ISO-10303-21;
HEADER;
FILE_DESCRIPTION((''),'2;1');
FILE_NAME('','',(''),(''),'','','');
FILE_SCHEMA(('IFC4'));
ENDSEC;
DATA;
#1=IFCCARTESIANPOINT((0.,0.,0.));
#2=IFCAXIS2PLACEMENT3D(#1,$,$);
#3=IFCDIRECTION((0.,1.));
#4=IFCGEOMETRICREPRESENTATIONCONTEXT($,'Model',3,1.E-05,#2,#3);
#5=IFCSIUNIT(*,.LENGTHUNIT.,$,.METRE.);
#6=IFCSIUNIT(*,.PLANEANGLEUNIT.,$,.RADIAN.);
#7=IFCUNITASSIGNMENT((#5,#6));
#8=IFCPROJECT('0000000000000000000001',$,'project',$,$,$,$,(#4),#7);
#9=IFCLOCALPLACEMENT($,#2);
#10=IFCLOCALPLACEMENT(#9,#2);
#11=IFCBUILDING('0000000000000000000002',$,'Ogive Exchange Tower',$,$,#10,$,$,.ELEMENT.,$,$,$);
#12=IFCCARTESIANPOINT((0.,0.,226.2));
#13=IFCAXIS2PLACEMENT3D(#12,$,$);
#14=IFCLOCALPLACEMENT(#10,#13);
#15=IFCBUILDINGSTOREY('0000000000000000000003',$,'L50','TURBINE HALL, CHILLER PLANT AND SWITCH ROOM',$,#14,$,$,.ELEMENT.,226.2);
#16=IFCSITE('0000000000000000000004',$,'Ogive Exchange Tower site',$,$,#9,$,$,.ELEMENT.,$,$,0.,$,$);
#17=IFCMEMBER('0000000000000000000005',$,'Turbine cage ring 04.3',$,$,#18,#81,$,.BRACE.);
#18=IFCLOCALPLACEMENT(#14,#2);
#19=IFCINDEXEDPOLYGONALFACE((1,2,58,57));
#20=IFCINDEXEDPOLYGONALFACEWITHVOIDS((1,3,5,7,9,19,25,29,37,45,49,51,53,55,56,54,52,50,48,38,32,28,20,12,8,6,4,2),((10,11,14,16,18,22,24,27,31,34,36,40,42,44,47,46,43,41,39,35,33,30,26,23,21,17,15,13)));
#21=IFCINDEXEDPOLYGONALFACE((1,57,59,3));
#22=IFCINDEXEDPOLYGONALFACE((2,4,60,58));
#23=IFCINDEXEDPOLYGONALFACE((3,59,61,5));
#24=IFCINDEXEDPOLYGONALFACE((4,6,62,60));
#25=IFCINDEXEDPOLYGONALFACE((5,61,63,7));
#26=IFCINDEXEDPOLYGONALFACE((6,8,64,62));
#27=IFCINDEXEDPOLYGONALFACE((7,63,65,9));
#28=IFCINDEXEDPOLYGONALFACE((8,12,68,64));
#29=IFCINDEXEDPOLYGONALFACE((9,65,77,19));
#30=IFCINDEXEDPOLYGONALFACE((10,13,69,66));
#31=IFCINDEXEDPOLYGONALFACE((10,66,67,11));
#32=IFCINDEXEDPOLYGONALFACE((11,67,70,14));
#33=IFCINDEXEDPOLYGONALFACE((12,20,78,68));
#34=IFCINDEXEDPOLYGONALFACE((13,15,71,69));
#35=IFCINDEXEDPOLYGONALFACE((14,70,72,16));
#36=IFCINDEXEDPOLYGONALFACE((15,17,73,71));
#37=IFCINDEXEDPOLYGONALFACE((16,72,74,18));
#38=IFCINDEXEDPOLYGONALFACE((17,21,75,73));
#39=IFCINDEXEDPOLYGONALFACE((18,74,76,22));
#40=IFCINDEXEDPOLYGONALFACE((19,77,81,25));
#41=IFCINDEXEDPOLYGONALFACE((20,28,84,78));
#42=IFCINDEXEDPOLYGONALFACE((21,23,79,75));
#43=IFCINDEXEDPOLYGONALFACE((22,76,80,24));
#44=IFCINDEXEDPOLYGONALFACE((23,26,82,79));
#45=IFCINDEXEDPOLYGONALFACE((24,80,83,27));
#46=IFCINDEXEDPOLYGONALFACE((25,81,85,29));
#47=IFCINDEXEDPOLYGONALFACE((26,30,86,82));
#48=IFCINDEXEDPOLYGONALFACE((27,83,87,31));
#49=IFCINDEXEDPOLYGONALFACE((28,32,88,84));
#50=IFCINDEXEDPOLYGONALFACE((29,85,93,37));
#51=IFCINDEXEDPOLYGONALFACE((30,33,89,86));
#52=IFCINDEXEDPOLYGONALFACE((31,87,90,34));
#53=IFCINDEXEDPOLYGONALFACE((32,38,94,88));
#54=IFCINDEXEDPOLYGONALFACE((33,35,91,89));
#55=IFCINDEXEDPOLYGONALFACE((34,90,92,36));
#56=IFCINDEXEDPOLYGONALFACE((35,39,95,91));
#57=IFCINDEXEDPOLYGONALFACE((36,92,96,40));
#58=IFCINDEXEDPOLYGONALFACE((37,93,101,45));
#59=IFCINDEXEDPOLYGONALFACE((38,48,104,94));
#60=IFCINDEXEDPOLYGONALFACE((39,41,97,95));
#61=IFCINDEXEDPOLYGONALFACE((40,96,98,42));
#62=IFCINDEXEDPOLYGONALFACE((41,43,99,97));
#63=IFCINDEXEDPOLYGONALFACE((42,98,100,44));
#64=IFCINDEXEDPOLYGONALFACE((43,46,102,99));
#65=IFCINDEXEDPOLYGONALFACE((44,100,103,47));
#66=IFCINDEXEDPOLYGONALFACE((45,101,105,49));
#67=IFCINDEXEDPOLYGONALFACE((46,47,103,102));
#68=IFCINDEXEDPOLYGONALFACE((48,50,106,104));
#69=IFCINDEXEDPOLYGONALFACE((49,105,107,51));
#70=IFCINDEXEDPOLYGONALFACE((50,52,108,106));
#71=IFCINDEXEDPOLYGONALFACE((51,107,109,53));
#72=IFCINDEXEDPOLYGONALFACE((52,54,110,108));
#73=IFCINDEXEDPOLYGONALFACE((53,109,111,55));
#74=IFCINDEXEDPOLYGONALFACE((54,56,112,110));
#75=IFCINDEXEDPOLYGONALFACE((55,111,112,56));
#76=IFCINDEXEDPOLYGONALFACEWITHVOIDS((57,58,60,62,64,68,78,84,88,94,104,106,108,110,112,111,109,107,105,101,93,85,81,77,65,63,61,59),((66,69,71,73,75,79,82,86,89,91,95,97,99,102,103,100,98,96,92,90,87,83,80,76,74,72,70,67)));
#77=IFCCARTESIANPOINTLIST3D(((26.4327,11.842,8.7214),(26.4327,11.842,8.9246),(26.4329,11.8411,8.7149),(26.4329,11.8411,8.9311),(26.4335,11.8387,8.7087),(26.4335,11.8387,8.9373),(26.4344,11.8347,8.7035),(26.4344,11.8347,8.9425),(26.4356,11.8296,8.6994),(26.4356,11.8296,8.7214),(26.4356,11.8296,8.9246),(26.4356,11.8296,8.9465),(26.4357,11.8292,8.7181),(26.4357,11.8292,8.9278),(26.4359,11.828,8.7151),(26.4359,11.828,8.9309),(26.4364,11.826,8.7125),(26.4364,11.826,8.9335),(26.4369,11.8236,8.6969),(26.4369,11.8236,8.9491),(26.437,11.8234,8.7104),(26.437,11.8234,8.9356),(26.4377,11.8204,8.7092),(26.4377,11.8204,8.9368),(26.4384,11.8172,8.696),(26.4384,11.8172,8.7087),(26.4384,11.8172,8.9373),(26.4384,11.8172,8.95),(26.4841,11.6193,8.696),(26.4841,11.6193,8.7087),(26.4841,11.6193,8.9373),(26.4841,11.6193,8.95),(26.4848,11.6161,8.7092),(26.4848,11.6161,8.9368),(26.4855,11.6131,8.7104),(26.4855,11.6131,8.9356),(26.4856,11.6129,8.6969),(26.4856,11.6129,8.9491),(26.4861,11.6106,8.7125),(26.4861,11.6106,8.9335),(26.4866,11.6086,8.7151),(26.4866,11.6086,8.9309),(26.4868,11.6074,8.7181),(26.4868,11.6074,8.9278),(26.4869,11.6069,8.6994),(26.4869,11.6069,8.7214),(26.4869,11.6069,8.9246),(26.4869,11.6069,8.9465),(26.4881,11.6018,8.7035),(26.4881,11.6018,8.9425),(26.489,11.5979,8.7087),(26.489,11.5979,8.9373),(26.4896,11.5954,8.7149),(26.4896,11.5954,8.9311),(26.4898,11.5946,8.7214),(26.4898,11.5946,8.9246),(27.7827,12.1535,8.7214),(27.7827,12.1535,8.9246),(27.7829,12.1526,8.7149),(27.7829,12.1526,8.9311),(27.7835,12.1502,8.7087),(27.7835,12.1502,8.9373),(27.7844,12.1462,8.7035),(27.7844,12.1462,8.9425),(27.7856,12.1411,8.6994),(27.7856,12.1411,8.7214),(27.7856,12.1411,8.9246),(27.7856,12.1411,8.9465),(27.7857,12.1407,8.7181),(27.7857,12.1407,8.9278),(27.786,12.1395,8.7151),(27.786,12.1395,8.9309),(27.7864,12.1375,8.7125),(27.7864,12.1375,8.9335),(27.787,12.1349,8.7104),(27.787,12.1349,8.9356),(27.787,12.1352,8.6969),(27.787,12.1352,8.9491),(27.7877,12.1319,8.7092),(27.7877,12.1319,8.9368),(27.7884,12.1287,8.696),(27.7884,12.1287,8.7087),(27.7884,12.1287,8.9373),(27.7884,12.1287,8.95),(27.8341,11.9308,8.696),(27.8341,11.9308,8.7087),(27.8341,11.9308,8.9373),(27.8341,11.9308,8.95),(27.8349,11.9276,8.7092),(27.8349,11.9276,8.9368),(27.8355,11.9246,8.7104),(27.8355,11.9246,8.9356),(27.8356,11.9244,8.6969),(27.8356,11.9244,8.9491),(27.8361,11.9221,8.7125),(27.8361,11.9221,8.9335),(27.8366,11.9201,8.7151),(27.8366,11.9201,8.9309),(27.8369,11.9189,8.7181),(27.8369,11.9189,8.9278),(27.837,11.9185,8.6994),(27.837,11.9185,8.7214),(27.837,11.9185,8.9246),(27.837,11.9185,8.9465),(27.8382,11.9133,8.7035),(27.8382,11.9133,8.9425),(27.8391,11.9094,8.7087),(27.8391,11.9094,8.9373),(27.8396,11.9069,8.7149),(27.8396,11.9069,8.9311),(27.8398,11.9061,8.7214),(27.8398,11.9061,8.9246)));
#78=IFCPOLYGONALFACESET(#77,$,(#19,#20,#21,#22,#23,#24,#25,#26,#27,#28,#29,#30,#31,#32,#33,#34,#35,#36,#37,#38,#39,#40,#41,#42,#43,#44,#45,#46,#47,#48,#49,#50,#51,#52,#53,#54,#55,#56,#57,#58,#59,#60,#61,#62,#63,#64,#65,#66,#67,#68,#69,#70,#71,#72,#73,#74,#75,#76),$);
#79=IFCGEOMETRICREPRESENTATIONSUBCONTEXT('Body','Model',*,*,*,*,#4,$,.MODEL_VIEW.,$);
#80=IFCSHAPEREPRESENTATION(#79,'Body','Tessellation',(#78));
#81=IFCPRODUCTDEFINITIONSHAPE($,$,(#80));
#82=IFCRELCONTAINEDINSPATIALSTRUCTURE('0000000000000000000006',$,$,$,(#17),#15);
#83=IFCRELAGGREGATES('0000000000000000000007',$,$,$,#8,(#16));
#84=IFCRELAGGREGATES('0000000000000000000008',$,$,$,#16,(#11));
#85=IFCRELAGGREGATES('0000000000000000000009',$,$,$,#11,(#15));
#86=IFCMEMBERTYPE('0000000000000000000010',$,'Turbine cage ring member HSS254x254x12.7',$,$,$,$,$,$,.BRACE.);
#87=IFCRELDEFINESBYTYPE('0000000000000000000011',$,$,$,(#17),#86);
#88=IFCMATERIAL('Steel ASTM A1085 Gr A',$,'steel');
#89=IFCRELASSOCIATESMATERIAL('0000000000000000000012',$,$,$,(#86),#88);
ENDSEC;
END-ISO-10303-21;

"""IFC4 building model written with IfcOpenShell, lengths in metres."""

from ifc_helpers import new_model, si_unit, direction, frame, origin, origin_2d, place, context, subcontext, project, spatial, hollow_rectangle, extrude, material, material_profile, profile_set, type_object, element, save


model = new_model("IFC4")

# Units and contexts
model_context = context("Model", 3, precision=1e-05, world=origin(), true_north=direction((0.0, 1.0)))
body_context = subcontext(model_context, "Body", "Model", "MODEL_VIEW")
ifc_project = project(units=[si_unit("LENGTHUNIT", "METRE"), si_unit("PLANEANGLEUNIT", "RADIAN")], contexts=[model_context])

# Site, building, storey
site_placement = place(None, origin())
site = spatial("IfcSite", under=ifc_project, at=site_placement, Name="Ogive Exchange Tower site", CompositionType="ELEMENT", RefElevation=0.0)
building_placement = place(site_placement, origin())
building = spatial("IfcBuilding", under=site, at=building_placement, Name="Ogive Exchange Tower", CompositionType="ELEMENT")
storey_placement = place(building_placement, frame((0.0, 0.0, 226.2)))
storey = spatial("IfcBuildingStorey", under=building, at=storey_placement, Name="L50", Description="TURBINE HALL, CHILLER PLANT AND SWITCH ROOM", CompositionType="ELEMENT", Elevation=226.2)

# Shared definitions
ifc_material_1 = material(Name="Steel ASTM A1085 Gr A", Category="steel")

# Member
ifc_material_profile_1 = material_profile(ifc_material_1, hollow_rectangle(XDim=0.2539, YDim=0.2539, WallThickness=0.0127, InnerFilletRadius=0.0127, OuterFilletRadius=0.0254, at=origin_2d()), Name="HSS254x254x12.7")
ifc_profile_set_1 = profile_set([ifc_material_profile_1], Name="Steel ASTM A1085 Gr A")
member_type_1 = type_object("IfcMemberType", Name="Turbine cage ring member HSS254x254x12.7", PredefinedType="BRACE", material=ifc_profile_set_1)
for number, where, z_axis, x_axis, name in (
    (1, (27.8113, 12.0298, 8.823), (-0.974397, -0.224834, 0.0), (0.224834, -0.974397, 0.0), "Turbine cage ring 04.3"),
):
    element("IfcMember", number, at=place(storey_placement, frame(where, z_axis=z_axis, x_axis=x_axis)), inside=storey, type_object=member_type_1, Name=name, PredefinedType="BRACE", context=body_context, shape_type="SweptSolid", body=[
        extrude(hollow_rectangle(XDim=0.2539, YDim=0.2539, WallThickness=0.0127, InnerFilletRadius=0.0127, OuterFilletRadius=0.0254, at=origin_2d()), origin(), (0.0, 0.0, 1.0), 1.3855),
    ])

save(model, "model.ifc")
